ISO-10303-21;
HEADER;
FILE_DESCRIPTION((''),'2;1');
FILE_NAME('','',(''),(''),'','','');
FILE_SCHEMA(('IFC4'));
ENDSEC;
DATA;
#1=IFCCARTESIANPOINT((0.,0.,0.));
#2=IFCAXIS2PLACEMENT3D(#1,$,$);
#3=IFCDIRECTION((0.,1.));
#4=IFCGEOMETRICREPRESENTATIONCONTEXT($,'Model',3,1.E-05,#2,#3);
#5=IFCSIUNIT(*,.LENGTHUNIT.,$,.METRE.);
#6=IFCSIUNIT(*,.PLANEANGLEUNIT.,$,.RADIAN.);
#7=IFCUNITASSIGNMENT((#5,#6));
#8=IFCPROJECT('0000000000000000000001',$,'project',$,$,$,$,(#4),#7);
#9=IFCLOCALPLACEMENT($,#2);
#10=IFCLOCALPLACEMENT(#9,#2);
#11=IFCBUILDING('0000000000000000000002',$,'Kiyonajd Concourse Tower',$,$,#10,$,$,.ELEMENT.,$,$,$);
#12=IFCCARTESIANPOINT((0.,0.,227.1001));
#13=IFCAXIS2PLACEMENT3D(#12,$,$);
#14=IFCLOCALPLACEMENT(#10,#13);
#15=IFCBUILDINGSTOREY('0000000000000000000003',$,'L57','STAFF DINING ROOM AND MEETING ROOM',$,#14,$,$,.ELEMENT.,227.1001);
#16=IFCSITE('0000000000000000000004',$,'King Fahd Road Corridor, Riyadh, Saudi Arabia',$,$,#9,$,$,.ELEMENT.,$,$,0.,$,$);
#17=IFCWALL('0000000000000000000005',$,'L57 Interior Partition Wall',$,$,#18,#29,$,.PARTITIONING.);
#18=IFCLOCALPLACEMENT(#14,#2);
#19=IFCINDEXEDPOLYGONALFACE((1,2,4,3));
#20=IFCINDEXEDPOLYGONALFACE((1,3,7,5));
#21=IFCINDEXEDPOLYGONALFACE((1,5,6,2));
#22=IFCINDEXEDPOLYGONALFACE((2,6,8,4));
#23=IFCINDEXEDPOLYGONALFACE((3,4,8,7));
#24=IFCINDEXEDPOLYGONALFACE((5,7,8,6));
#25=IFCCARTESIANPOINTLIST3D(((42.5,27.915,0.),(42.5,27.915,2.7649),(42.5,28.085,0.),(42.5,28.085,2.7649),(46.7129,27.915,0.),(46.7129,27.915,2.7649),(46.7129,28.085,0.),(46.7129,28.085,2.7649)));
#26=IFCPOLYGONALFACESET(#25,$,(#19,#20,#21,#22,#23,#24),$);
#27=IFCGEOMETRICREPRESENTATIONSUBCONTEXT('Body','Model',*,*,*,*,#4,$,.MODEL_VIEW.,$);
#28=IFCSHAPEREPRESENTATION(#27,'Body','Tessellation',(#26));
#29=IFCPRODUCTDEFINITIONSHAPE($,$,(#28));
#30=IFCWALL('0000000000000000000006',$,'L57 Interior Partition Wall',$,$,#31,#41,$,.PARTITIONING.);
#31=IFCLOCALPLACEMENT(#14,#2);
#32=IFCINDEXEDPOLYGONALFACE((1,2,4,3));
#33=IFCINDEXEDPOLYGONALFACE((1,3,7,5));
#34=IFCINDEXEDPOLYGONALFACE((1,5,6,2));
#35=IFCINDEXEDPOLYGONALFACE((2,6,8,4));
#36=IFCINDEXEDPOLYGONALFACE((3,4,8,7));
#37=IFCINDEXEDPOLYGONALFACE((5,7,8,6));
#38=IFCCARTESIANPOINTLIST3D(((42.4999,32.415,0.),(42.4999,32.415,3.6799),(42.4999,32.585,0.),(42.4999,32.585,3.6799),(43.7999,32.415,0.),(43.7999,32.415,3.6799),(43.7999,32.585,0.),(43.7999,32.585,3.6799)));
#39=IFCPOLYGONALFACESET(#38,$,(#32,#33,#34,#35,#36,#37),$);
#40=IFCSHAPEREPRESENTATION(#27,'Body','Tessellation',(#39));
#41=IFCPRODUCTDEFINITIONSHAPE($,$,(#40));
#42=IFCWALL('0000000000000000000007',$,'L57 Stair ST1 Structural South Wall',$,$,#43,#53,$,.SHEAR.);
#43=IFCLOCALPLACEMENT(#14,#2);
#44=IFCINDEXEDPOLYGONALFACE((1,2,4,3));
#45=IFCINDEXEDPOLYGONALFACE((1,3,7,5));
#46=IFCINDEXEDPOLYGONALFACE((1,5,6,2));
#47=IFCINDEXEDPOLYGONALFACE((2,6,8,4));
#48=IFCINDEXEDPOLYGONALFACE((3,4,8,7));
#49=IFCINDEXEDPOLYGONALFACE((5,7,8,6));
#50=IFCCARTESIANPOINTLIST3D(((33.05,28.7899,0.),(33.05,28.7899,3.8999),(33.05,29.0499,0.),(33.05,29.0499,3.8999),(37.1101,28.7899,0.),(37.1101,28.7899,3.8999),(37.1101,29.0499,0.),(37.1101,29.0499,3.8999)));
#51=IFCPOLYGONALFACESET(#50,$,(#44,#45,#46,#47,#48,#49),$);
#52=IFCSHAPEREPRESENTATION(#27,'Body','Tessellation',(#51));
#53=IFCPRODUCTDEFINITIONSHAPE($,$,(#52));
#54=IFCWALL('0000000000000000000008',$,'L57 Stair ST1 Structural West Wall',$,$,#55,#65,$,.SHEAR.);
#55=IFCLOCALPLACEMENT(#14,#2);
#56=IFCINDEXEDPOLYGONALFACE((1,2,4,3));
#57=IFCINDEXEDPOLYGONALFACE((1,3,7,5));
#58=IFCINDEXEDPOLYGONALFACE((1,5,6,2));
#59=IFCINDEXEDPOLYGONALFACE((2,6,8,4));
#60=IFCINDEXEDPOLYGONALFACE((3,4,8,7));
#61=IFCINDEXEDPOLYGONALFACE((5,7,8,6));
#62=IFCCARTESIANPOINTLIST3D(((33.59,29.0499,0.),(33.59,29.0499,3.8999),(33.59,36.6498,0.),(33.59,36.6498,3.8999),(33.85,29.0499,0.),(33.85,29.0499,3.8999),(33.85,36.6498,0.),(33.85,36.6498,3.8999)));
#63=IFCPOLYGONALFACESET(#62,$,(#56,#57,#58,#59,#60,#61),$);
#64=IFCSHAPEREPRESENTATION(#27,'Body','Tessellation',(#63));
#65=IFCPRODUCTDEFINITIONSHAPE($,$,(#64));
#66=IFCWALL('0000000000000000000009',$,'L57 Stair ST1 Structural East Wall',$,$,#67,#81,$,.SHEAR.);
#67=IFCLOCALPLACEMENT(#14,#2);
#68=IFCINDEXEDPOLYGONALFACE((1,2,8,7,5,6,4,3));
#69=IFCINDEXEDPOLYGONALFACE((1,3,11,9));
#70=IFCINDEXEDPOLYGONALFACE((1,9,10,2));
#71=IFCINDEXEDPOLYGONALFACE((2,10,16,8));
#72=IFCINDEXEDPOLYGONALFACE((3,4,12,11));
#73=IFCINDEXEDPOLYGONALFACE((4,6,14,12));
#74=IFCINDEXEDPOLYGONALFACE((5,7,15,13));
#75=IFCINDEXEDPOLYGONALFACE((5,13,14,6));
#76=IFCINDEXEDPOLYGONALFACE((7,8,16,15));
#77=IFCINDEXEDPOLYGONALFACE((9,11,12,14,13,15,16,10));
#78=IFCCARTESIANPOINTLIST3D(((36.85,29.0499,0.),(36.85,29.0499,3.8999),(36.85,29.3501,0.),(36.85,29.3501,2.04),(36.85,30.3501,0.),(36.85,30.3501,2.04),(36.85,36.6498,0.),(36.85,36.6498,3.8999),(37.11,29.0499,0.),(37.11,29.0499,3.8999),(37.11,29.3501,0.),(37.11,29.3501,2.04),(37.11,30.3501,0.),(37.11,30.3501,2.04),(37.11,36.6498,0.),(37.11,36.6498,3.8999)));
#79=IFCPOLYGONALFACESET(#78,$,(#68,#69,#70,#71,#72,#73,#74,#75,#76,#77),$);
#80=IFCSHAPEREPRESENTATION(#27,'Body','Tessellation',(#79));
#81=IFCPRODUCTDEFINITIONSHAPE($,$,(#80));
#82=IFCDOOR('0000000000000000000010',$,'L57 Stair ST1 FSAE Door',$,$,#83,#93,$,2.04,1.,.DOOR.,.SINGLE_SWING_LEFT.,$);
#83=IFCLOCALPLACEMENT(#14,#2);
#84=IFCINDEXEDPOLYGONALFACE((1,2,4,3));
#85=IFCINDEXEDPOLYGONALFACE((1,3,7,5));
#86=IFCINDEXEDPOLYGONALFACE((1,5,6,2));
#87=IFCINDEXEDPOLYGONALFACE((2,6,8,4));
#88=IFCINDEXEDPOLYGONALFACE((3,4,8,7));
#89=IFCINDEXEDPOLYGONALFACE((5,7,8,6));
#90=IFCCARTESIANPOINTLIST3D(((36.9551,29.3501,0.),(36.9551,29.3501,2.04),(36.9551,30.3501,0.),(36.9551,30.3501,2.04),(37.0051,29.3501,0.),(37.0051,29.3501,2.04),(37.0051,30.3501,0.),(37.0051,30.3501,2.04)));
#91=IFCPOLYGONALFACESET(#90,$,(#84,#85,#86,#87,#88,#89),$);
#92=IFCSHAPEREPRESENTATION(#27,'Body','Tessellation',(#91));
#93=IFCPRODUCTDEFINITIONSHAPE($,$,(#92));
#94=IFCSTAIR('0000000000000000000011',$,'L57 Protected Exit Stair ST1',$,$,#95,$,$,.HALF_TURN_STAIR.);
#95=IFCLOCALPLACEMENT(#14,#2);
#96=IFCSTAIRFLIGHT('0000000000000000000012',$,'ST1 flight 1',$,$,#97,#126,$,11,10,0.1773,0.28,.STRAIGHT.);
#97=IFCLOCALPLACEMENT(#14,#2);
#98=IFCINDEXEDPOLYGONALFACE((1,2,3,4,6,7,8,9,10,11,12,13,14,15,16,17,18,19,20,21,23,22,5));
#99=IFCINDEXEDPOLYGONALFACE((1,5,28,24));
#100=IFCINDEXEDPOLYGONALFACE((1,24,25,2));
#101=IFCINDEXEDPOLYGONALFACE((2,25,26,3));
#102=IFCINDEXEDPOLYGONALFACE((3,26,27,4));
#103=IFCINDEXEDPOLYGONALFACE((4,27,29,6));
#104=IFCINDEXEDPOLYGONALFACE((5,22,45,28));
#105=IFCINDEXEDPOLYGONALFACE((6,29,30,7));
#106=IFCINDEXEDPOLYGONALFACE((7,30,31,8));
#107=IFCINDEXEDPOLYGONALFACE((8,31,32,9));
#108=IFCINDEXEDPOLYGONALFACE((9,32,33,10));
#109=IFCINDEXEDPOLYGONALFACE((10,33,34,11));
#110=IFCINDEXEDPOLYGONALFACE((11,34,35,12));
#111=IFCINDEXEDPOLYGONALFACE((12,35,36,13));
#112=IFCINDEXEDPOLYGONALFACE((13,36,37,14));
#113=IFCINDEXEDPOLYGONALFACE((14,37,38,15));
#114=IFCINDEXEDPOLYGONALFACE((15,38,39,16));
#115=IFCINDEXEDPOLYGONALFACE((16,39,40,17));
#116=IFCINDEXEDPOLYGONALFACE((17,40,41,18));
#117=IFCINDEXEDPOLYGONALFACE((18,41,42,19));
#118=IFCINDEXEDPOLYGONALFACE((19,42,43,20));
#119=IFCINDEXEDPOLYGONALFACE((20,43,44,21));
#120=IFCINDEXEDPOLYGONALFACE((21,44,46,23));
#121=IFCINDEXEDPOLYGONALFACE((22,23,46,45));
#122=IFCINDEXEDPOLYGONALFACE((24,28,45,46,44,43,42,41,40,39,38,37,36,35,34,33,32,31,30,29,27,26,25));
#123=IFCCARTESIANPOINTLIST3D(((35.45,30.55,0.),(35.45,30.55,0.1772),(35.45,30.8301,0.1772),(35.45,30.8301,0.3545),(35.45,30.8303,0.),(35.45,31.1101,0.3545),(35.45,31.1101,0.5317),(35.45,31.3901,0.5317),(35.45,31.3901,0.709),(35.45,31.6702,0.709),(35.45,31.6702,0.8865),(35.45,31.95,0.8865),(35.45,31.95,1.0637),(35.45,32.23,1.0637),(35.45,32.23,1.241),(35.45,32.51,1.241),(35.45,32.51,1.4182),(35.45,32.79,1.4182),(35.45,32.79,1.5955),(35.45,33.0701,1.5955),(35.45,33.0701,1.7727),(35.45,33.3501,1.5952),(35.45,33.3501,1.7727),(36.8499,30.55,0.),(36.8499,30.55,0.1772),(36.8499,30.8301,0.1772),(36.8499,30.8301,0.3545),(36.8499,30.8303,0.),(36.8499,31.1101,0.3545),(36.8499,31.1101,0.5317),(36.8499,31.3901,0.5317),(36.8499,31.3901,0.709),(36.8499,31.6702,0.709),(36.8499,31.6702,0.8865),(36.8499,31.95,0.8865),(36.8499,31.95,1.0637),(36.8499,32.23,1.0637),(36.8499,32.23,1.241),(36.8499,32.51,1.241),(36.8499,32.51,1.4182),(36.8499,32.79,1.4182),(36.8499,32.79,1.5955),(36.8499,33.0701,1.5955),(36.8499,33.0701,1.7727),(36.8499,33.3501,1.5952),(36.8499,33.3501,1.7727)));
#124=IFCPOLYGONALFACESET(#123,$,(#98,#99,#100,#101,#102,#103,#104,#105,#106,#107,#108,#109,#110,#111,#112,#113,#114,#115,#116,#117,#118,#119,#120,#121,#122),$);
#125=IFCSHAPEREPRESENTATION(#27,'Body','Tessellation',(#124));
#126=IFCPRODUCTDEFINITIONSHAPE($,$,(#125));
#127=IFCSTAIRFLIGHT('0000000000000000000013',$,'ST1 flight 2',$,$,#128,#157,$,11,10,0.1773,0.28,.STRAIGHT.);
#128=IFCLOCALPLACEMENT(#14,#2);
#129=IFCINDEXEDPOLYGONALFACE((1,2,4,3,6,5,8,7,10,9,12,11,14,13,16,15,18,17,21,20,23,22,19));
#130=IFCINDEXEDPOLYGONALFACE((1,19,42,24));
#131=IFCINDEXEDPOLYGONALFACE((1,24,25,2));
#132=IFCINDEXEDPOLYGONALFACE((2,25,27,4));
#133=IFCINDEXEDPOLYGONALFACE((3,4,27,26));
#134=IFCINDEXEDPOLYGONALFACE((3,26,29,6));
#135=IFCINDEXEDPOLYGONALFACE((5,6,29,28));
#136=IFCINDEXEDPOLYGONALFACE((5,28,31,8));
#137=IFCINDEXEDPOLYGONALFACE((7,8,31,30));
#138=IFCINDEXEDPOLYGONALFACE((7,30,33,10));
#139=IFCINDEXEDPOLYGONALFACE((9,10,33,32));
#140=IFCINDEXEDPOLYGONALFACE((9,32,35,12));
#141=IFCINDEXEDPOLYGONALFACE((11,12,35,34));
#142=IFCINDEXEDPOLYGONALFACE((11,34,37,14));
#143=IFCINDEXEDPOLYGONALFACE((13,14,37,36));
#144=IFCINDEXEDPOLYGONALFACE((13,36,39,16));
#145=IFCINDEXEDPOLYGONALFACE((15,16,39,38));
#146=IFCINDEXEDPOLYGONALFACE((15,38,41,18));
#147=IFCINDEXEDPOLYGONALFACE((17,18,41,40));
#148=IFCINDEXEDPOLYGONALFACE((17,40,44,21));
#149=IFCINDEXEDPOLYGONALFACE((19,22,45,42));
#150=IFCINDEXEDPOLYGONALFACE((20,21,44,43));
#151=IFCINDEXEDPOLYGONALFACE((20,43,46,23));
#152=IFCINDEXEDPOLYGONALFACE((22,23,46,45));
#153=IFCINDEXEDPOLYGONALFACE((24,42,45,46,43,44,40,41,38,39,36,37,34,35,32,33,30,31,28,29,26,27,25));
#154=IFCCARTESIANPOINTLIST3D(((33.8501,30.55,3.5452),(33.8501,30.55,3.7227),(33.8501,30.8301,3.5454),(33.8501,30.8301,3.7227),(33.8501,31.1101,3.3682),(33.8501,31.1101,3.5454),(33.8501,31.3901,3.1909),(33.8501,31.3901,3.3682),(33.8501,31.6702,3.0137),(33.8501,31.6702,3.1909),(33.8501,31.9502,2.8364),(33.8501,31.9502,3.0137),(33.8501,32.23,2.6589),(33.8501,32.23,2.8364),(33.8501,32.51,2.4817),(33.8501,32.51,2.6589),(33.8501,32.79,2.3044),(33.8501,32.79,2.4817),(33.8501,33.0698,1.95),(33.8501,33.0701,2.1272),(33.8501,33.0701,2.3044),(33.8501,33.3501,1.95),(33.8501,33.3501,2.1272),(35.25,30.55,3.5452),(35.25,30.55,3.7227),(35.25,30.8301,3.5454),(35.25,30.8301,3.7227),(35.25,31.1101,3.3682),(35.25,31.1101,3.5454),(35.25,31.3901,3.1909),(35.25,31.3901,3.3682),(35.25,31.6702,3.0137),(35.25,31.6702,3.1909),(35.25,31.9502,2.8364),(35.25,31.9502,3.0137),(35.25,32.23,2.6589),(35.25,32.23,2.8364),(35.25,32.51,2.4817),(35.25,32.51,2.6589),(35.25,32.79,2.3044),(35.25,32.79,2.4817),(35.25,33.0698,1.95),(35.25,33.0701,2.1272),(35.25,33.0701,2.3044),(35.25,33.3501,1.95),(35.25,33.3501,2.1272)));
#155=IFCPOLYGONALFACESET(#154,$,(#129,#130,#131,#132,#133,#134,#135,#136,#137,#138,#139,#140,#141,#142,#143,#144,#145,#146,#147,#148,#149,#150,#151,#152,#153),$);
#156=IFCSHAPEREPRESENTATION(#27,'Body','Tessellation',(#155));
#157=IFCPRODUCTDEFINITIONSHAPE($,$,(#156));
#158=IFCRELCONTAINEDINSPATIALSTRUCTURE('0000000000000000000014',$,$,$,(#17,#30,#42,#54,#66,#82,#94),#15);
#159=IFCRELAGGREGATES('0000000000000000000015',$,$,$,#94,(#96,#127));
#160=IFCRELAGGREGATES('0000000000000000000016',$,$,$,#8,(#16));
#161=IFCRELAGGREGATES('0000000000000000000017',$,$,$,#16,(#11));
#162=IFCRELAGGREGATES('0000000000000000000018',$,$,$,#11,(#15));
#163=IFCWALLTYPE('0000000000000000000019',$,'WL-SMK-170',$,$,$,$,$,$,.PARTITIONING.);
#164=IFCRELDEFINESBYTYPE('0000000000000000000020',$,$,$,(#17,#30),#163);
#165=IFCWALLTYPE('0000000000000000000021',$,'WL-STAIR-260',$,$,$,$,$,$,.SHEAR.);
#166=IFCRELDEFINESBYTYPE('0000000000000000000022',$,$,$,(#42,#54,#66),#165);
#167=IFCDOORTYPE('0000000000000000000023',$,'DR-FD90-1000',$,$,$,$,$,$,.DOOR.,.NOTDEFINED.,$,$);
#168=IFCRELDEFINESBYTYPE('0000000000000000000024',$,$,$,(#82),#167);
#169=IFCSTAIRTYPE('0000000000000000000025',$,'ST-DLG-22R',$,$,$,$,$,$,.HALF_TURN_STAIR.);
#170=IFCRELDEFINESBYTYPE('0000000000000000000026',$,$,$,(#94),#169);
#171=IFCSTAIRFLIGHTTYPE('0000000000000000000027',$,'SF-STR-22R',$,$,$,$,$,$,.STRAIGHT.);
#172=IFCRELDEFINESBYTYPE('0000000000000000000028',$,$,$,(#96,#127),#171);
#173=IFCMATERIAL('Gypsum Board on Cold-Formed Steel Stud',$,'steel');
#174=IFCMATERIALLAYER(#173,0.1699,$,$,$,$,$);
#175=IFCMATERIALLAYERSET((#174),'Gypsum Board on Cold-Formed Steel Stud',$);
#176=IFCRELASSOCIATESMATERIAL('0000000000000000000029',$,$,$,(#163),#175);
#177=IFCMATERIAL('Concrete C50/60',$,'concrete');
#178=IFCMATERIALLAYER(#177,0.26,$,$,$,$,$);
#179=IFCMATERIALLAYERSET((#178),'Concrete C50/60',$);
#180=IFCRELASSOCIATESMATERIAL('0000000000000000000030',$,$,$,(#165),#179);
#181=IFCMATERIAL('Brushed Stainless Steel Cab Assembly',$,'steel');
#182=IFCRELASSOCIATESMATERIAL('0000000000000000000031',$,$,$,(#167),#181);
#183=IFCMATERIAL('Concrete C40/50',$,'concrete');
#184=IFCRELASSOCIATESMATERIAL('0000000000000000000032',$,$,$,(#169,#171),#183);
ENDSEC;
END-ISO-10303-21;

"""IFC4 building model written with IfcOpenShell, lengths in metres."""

from ifc_helpers import new_model, si_unit, direction, frame, frame_2d, origin, place, context, subcontext, project, spatial, polyline, rectangle, outline, extrude, material, layer, layer_set, type_object, element, fill, aggregate, save


model = new_model("IFC4")

# Units and contexts
model_context = context("Model", 3, precision=1e-05, world=origin(), true_north=direction((0.0, 1.0)))
body_context = subcontext(model_context, "Body", "Model", "MODEL_VIEW")
ifc_project = project(units=[si_unit("LENGTHUNIT", "METRE"), si_unit("PLANEANGLEUNIT", "RADIAN")], contexts=[model_context])

# Site, building, storey
site_placement = place(None, origin())
site = spatial("IfcSite", under=ifc_project, at=site_placement, Name="King Fahd Road Corridor, Riyadh, Saudi Arabia", CompositionType="ELEMENT", RefElevation=0.0)
building_placement = place(site_placement, origin())
building = spatial("IfcBuilding", under=site, at=building_placement, Name="Kiyonajd Concourse Tower", CompositionType="ELEMENT")
storey_placement = place(building_placement, frame((0.0, 0.0, 227.1001)))
storey = spatial("IfcBuildingStorey", under=building, at=storey_placement, Name="L57", Description="STAFF DINING ROOM AND MEETING ROOM", CompositionType="ELEMENT", Elevation=227.1001)

# Shared definitions
ifc_material_1 = material(Name="Concrete C50/60", Category="concrete")

# Shared definitions
ifc_material_2 = material(Name="Gypsum Board on Cold-Formed Steel Stud", Category="steel")

# Shared definitions
ifc_material_3 = material(Name="Brushed Stainless Steel Cab Assembly", Category="steel")

# Walls
ifc_layer_1 = layer(ifc_material_2, 0.1699)
ifc_layer_set_1 = layer_set([ifc_layer_1], Name="Gypsum Board on Cold-Formed Steel Stud")
wall_type_1 = type_object("IfcWallType", Name="WL-SMK-170", PredefinedType="PARTITIONING", material=ifc_layer_set_1)
wall_1_placement = place(storey_placement, frame((42.5, 28.0, 0.0), z_axis=(0.0, 0.0, 1.0), x_axis=(1.0, 0.0, 0.0)))
element("IfcWall", 1, at=wall_1_placement, inside=storey, type_object=wall_type_1, Name="L57 Interior Partition Wall", PredefinedType="PARTITIONING", context=body_context, shape_type="SweptSolid", body=[
    extrude(rectangle(XDim=4.2129, YDim=0.1699, at=frame_2d((2.1064, 0.0))), origin(), (0.0, 0.0, 1.0), 2.7649),
])
wall_2_placement = place(storey_placement, frame((42.5, 32.5, 0.0), z_axis=(0.0, 0.0, 1.0), x_axis=(1.0, 0.0, 0.0)))
element("IfcWall", 2, at=wall_2_placement, inside=storey, type_object=wall_type_1, Name="L57 Interior Partition Wall", PredefinedType="PARTITIONING", context=body_context, shape_type="SweptSolid", body=[
    extrude(rectangle(XDim=1.3, YDim=0.1699, at=frame_2d((0.6499, 0.0))), origin(), (0.0, 0.0, 1.0), 3.6799),
])
ifc_layer_2 = layer(ifc_material_1, 0.26)
ifc_layer_set_2 = layer_set([ifc_layer_2], Name="Concrete C50/60")
wall_type_2 = type_object("IfcWallType", Name="WL-STAIR-260", PredefinedType="SHEAR", material=ifc_layer_set_2)
wall_3_placement = place(storey_placement, frame((33.05, 28.9199, 0.0), z_axis=(0.0, 0.0, 1.0), x_axis=(1.0, 0.0, 0.0)))
element("IfcWall", 3, at=wall_3_placement, inside=storey, type_object=wall_type_2, Name="L57 Stair ST1 Structural South Wall", PredefinedType="SHEAR", context=body_context, shape_type="SweptSolid", body=[
    extrude(rectangle(XDim=4.0601, YDim=0.26, at=frame_2d((2.03, 0.0))), origin(), (0.0, 0.0, 1.0), 3.8999),
])
wall_4_placement = place(storey_placement, frame((33.72, 29.05, 0.0), z_axis=(0.0, 0.0, 1.0), x_axis=(0.0, 1.0, 0.0)))
element("IfcWall", 4, at=wall_4_placement, inside=storey, type_object=wall_type_2, Name="L57 Stair ST1 Structural West Wall", PredefinedType="SHEAR", context=body_context, shape_type="SweptSolid", body=[
    extrude(rectangle(XDim=7.5999, YDim=0.26, at=frame_2d((3.7998, 0.0))), origin(), (0.0, 0.0, 1.0), 3.8999),
])

# Wall, opening, door
wall_5_placement = place(storey_placement, frame((36.98, 29.05, 0.0), z_axis=(0.0, 0.0, 1.0), x_axis=(0.0, 1.0, 0.0)))
wall_5 = element("IfcWall", 5, at=wall_5_placement, inside=storey, type_object=wall_type_2, Name="L57 Stair ST1 Structural East Wall", PredefinedType="SHEAR", context=body_context, shape_type="SweptSolid", body=[
    extrude(rectangle(XDim=7.5999, YDim=0.26, at=frame_2d((3.7998, 0.0))), origin(), (0.0, 0.0, 1.0), 3.8999),
])
opening_1_placement = place(wall_5_placement, frame((0.3, 0.0, 0.0)))
opening_1 = element("IfcOpeningElement", 6, at=opening_1_placement, cuts=wall_5, PredefinedType="OPENING", context=body_context, shape_type="SweptSolid", body=[
    extrude(rectangle(XDim=1.0, YDim=2.04, at=frame_2d((0.5, 1.02))), frame((0.0, 0.1399, 0.0), z_axis=(0.0, -1.0, 0.0), x_axis=(1.0, 0.0, 0.0)), (0.0, 0.0, 1.0), 0.28),
])
door_type_1 = type_object("IfcDoorType", Name="DR-FD90-1000", OperationType="NOTDEFINED", PredefinedType="DOOR", material=ifc_material_3)
door_1_placement = place(opening_1_placement, origin())
door_1 = element("IfcDoor", 7, at=door_1_placement, inside=storey, type_object=door_type_1, Name="L57 Stair ST1 FSAE Door", OperationType="SINGLE_SWING_LEFT", OverallHeight=2.04, OverallWidth=1.0, PredefinedType="DOOR", context=body_context, shape_type="SweptSolid", body=[
    extrude(rectangle(XDim=1.0, YDim=2.04, at=frame_2d((0.5, 1.02))), frame((0.0, 0.0249, 0.0), z_axis=(0.0, -1.0, 0.0), x_axis=(1.0, 0.0, 0.0)), (0.0, 0.0, 1.0), 0.05),
])
fill(opening_1, door_1)

# Stair, stair flights
ifc_material_4 = material(Name="Concrete C40/50", Category="concrete")
stair_type = type_object("IfcStairType", Name="ST-DLG-22R", PredefinedType="HALF_TURN_STAIR", material=ifc_material_4)
stair_placement = place(storey_placement, origin())
stair = element("IfcStair", 8, at=stair_placement, inside=storey, type_object=stair_type, Name="L57 Protected Exit Stair ST1", PredefinedType="HALF_TURN_STAIR")
stair_flight_type = type_object("IfcStairFlightType", Name="SF-STR-22R", PredefinedType="STRAIGHT", material=ifc_material_4)
stair_flight_1_placement = place(storey_placement, frame((36.1499, 30.55, 0.0), z_axis=(0.0, 0.0, 1.0), x_axis=(0.0, 1.0, 0.0)))
stair_flight_1 = element("IfcStairFlight", 9, at=stair_flight_1_placement, type_object=stair_flight_type, Name="ST1 flight 1", NumberOfRisers=11, NumberOfTreads=10, PredefinedType="STRAIGHT", RiserHeight=0.1773, TreadLength=0.28, context=body_context, shape_type="SweptSolid", body=[
    extrude(outline(polyline([(0.0, 0.0), (0.0, 0.1772), (0.28, 0.1772), (0.28, 0.3545), (0.5601, 0.3545), (0.5601, 0.5317), (0.8401, 0.5317), (0.8401, 0.709), (1.1201, 0.709), (1.1201, 0.8865), (1.3999, 0.8865), (1.3999, 1.0637), (1.6799, 1.0637), (1.6799, 1.241), (1.96, 1.241), (1.96, 1.4182), (2.24, 1.4182), (2.24, 1.5955), (2.52, 1.5955), (2.52, 1.7727), (2.8, 1.7727), (2.8, 1.95), (2.8, 1.5952), (0.2803, 0.0), (0.0, 0.0)])), frame((0.0, 0.7, 0.0), z_axis=(0.0, -1.0, 0.0), x_axis=(1.0, 0.0, 0.0)), (0.0, 0.0, 1.0), 1.3999),
])
stair_flight_2_placement = place(storey_placement, frame((34.55, 33.3501, 1.95), z_axis=(0.0, 0.0, 1.0), x_axis=(0.0, -1.0, 0.0)))
stair_flight_2 = element("IfcStairFlight", 10, at=stair_flight_2_placement, type_object=stair_flight_type, Name="ST1 flight 2", NumberOfRisers=11, NumberOfTreads=10, PredefinedType="STRAIGHT", RiserHeight=0.1773, TreadLength=0.28, context=body_context, shape_type="SweptSolid", body=[
    extrude(outline(polyline([(0.0, 0.0), (0.0, 0.1772), (0.28, 0.1772), (0.28, 0.3545), (0.5601, 0.3545), (0.5601, 0.5317), (0.8401, 0.5317), (0.8401, 0.709), (1.1201, 0.709), (1.1201, 0.8865), (1.3999, 0.8865), (1.3999, 1.0637), (1.6799, 1.0637), (1.6799, 1.241), (1.96, 1.241), (1.96, 1.4182), (2.24, 1.4182), (2.24, 1.5955), (2.52, 1.5955), (2.52, 1.7727), (2.8, 1.7727), (2.8, 1.95), (2.8, 1.5952), (0.2803, 0.0), (0.0, 0.0)])), frame((0.0, 0.7, 0.0), z_axis=(0.0, -1.0, 0.0), x_axis=(1.0, 0.0, 0.0)), (0.0, 0.0, 1.0), 1.3999),
])
aggregate(stair, [stair_flight_1, stair_flight_2])

save(model, "model.ifc")
